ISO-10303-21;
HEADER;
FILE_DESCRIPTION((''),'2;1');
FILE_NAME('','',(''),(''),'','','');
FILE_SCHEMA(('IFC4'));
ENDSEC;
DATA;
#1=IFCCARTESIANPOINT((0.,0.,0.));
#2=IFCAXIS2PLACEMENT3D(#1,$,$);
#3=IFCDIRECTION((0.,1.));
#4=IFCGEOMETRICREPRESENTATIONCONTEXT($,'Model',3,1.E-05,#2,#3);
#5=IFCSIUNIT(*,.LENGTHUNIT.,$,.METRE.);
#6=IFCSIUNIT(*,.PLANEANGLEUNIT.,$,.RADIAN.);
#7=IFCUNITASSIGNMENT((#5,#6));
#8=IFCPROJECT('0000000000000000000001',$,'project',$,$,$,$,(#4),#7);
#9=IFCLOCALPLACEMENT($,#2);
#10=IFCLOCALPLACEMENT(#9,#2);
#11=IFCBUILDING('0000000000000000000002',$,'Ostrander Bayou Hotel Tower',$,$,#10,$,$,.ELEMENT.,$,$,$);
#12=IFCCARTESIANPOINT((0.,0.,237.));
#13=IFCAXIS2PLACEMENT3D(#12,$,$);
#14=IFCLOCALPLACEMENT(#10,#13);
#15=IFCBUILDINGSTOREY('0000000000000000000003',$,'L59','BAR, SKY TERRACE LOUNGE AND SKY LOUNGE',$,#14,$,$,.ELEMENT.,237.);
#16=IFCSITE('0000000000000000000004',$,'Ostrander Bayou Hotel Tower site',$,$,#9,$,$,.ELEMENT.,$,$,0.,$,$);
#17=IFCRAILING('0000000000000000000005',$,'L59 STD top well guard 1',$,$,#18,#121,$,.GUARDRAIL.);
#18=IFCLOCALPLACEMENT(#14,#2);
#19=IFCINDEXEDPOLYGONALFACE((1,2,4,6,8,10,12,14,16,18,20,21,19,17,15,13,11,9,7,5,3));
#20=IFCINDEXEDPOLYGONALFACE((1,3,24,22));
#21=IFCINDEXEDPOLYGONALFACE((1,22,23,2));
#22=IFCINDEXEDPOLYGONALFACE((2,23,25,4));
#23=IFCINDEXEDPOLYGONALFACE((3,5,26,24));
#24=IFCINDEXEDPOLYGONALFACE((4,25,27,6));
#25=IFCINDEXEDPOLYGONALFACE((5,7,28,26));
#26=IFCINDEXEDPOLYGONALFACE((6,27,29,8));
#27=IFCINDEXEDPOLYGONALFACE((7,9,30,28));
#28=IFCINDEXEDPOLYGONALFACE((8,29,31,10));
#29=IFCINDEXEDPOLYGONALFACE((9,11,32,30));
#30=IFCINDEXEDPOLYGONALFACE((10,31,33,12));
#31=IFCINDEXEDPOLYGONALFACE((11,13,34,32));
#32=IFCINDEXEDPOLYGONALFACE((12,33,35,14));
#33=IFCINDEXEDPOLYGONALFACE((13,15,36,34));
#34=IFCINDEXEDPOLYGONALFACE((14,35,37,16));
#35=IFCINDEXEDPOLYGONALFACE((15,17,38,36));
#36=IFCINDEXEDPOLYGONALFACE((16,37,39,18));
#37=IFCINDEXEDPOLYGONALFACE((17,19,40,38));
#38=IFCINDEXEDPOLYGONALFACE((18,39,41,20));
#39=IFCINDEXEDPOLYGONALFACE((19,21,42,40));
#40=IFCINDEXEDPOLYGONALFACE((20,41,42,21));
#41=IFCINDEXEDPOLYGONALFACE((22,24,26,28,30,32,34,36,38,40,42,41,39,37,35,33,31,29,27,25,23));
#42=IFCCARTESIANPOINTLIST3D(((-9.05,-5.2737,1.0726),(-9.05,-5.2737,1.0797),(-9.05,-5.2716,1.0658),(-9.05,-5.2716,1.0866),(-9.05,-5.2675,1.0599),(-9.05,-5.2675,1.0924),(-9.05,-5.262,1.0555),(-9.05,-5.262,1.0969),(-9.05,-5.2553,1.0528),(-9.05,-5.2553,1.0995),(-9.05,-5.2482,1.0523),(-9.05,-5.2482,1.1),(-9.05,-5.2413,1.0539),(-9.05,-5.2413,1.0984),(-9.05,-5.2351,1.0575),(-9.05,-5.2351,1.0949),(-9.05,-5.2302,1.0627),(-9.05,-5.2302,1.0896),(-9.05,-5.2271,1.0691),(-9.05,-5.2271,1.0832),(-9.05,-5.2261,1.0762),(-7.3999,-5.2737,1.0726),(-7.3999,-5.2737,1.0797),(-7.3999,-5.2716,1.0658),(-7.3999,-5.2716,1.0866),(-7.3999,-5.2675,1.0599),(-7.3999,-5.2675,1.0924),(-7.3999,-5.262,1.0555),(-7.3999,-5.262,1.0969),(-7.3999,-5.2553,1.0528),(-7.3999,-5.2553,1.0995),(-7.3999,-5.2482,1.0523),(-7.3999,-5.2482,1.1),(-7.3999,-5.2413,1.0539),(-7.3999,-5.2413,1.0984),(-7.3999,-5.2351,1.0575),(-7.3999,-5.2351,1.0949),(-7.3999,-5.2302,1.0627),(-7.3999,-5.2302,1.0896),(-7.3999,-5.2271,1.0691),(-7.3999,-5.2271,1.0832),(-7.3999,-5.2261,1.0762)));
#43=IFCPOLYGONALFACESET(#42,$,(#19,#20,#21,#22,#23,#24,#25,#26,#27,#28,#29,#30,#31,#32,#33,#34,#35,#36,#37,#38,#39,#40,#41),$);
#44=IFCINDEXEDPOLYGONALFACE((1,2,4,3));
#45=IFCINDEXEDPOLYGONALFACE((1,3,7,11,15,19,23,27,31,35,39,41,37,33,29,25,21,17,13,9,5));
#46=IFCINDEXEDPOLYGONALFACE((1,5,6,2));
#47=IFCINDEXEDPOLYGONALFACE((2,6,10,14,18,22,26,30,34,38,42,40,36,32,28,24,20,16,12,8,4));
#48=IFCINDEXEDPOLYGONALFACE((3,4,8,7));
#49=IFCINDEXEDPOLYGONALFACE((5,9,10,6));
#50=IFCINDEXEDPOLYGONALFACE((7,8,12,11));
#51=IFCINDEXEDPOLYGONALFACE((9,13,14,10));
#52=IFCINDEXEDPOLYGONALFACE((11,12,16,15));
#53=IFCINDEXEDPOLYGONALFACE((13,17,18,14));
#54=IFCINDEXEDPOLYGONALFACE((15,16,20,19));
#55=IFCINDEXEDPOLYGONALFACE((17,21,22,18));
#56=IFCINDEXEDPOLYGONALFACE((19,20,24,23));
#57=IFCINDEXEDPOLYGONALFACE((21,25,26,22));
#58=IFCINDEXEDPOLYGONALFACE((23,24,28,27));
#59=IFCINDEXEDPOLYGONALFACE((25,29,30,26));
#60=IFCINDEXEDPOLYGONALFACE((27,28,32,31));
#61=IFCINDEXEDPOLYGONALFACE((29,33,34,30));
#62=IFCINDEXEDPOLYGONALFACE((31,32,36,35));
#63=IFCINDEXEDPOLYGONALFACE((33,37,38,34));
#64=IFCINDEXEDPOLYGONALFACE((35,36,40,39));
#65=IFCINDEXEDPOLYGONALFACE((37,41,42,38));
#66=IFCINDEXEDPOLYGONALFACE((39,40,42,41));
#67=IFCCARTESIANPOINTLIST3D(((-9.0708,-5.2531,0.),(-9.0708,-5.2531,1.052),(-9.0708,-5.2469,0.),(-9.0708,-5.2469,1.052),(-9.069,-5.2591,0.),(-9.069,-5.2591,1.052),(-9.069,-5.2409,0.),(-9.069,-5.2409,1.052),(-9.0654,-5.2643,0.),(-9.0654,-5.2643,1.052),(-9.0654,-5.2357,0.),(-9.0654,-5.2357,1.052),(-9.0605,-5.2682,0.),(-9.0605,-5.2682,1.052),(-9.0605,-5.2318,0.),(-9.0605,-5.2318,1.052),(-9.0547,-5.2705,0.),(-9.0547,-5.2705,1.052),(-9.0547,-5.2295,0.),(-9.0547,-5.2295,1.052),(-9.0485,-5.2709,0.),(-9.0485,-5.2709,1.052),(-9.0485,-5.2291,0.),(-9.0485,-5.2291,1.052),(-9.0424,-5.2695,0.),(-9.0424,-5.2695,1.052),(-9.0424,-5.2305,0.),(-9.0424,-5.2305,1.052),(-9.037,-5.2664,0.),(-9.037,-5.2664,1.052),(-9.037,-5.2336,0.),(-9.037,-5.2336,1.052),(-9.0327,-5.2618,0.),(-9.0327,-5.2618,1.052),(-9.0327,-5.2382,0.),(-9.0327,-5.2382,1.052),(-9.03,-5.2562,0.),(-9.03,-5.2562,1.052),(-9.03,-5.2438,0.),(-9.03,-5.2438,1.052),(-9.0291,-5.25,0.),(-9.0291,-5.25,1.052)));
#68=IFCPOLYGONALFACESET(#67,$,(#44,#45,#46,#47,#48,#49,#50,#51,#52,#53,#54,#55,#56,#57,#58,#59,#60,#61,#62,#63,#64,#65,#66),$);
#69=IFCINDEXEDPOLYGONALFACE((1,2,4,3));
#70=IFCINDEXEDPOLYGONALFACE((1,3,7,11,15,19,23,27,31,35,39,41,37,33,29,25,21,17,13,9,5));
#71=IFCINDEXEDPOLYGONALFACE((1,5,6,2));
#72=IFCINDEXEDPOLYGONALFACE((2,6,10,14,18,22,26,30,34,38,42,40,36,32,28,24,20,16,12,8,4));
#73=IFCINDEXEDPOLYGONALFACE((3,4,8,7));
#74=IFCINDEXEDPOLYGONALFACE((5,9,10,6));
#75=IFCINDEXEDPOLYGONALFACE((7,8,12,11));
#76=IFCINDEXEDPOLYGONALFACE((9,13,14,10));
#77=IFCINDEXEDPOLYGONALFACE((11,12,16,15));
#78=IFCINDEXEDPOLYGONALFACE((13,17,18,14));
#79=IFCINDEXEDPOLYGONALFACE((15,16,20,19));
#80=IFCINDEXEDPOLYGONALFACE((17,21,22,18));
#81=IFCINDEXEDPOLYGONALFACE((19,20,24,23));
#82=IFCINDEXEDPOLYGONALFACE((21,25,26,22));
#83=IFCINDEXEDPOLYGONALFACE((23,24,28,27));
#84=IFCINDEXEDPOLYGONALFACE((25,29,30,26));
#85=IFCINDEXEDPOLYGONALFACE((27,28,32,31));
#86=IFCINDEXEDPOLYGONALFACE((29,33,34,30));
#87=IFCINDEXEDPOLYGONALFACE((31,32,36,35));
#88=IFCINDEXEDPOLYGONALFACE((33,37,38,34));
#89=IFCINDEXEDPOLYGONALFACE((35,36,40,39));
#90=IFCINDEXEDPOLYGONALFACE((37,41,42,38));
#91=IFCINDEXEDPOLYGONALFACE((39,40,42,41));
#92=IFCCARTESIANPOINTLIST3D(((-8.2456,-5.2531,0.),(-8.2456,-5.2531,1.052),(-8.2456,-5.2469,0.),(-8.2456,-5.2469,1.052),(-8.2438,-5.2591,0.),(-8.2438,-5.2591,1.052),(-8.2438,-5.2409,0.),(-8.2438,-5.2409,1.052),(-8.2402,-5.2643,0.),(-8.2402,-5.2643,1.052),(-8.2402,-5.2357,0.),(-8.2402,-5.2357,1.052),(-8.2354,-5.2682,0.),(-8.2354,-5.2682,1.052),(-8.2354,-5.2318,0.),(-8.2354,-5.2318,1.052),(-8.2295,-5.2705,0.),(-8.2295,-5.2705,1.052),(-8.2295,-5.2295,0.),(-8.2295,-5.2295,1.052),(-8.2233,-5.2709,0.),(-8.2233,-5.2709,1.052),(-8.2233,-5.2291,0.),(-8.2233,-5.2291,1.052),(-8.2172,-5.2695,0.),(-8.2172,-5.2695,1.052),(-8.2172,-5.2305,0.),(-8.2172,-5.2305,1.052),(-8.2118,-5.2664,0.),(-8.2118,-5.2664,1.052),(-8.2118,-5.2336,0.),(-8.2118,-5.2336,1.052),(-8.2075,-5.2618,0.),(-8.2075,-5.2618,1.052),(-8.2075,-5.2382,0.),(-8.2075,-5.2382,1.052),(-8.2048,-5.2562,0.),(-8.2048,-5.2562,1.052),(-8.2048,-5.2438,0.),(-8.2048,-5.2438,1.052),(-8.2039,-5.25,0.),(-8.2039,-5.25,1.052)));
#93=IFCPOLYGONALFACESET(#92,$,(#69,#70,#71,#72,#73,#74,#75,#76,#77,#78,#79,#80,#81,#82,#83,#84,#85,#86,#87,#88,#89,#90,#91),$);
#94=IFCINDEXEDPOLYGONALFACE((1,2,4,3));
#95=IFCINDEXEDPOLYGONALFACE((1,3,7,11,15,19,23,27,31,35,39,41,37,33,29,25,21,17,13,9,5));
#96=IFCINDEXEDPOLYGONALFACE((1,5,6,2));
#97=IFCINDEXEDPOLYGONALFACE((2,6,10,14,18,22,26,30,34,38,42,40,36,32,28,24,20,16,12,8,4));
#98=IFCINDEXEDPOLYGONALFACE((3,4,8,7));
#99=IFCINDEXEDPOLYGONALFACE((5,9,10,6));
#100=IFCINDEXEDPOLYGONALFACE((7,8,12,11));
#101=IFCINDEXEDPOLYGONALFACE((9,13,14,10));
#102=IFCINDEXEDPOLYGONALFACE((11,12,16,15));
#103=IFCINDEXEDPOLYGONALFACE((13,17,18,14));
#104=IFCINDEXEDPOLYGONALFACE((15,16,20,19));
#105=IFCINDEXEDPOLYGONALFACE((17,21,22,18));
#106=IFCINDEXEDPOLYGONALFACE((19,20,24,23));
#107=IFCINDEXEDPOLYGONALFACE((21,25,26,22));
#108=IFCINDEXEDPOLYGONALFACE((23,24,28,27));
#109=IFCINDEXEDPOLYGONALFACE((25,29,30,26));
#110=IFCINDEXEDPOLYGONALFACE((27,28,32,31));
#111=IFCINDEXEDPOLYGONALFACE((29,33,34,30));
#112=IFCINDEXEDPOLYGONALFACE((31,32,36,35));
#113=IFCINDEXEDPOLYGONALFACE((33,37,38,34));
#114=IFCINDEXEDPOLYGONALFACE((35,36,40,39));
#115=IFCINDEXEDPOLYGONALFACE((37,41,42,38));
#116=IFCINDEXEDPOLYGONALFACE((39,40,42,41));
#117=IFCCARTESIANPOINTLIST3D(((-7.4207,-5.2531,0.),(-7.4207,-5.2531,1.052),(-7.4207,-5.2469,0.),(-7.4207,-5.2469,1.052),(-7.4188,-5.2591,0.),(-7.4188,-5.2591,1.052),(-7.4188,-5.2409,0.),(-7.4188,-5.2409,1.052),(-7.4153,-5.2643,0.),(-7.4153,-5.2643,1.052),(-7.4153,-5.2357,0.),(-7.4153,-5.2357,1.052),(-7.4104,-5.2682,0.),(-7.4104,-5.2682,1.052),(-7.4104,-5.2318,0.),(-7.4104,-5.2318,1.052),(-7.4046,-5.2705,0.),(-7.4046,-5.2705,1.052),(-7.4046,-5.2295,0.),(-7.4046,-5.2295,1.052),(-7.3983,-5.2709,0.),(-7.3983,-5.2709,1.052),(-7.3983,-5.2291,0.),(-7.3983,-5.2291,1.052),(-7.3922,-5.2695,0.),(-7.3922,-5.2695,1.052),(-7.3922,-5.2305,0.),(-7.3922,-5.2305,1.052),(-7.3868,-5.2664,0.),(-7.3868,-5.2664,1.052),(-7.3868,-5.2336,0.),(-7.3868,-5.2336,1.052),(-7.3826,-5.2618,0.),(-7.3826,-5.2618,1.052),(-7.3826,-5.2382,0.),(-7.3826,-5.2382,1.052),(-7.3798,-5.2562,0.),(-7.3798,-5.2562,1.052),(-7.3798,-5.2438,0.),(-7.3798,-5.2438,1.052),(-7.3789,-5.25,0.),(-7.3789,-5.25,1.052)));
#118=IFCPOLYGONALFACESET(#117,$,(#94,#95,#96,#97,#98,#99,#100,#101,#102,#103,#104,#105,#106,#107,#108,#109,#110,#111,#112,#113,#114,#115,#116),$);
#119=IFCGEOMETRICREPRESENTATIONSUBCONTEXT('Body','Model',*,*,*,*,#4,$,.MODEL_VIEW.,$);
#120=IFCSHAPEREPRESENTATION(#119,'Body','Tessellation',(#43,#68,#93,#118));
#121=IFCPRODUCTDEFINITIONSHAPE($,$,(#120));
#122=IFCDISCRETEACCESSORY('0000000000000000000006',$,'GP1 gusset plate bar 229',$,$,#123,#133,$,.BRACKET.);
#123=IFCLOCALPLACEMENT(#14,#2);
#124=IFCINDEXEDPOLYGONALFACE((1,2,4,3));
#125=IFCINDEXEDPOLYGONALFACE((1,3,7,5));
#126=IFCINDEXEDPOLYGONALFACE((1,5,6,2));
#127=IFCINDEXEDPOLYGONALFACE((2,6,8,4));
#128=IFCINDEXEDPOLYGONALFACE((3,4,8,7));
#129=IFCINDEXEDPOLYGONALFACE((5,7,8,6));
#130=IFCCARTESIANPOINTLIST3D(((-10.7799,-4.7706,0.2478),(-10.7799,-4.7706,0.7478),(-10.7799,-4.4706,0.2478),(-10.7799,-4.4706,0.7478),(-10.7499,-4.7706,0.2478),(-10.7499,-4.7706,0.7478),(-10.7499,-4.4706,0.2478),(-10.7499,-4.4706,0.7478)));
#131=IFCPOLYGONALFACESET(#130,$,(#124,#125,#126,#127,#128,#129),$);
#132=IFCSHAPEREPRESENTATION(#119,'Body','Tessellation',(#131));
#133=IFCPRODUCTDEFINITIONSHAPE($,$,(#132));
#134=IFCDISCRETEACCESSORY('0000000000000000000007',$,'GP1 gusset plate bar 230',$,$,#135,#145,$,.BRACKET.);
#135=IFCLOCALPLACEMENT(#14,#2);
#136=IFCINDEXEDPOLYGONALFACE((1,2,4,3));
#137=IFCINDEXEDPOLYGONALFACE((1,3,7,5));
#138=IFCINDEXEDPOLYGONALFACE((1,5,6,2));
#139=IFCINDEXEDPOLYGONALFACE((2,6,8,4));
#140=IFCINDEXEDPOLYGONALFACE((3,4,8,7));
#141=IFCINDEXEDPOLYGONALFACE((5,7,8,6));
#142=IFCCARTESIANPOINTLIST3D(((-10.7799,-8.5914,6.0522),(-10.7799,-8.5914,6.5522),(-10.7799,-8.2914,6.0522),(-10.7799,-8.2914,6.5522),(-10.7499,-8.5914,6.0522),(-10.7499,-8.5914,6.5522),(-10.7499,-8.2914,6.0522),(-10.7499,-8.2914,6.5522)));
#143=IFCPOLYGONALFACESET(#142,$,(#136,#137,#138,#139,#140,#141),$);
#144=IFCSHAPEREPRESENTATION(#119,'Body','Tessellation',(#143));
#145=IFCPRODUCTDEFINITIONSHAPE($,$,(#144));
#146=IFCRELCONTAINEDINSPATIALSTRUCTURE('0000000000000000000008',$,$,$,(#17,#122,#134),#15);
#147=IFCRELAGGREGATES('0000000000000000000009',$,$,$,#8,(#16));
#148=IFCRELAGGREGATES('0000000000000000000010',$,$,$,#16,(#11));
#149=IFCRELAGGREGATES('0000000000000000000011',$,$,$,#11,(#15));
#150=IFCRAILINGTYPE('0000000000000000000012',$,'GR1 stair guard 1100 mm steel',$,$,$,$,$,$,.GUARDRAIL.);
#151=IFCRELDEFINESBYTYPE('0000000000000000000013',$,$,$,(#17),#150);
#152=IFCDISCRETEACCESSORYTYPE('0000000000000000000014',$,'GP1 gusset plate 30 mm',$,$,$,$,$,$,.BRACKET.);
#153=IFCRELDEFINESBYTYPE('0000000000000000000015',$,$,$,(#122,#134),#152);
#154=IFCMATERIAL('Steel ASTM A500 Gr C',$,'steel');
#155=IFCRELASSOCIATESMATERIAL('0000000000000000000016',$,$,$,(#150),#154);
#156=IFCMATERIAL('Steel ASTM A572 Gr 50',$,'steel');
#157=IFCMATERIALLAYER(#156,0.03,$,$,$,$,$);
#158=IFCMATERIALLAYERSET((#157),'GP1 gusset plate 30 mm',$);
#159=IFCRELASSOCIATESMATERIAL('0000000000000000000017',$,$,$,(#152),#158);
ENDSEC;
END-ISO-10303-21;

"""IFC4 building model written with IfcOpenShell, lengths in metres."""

from ifc_helpers import new_model, si_unit, direction, frame, origin, origin_2d, place, context, subcontext, project, spatial, rectangle, circle, extrude, material, layer, layer_set, type_object, element, save


model = new_model("IFC4")

# Units and contexts
model_context = context("Model", 3, precision=1e-05, world=origin(), true_north=direction((0.0, 1.0)))
body_context = subcontext(model_context, "Body", "Model", "MODEL_VIEW")
ifc_project = project(units=[si_unit("LENGTHUNIT", "METRE"), si_unit("PLANEANGLEUNIT", "RADIAN")], contexts=[model_context])

# Site, building, storey
site_placement = place(None, origin())
site = spatial("IfcSite", under=ifc_project, at=site_placement, Name="Ostrander Bayou Hotel Tower site", CompositionType="ELEMENT", RefElevation=0.0)
building_placement = place(site_placement, origin())
building = spatial("IfcBuilding", under=site, at=building_placement, Name="Ostrander Bayou Hotel Tower", CompositionType="ELEMENT")
storey_placement = place(building_placement, frame((0.0, 0.0, 237.0)))
storey = spatial("IfcBuildingStorey", under=building, at=storey_placement, Name="L59", Description="BAR, SKY TERRACE LOUNGE AND SKY LOUNGE", CompositionType="ELEMENT", Elevation=237.0)

# Railing
ifc_material_1 = material(Name="Steel ASTM A500 Gr C", Category="steel")
railing_type_1 = type_object("IfcRailingType", Name="GR1 stair guard 1100 mm steel", PredefinedType="GUARDRAIL", material=ifc_material_1)
railing_1_placement = place(storey_placement, frame((-9.05, -5.25, 0.0)))
element("IfcRailing", 1, at=railing_1_placement, inside=storey, type_object=railing_type_1, Name="L59 STD top well guard 1", PredefinedType="GUARDRAIL", context=body_context, shape_type="SweptSolid", body=[
    extrude(circle(Radius=0.0239, at=origin_2d()), frame((0.0, 0.0, 1.0762), z_axis=(1.0, 0.0, 0.0), x_axis=(0.0, 1.0, 0.0)), (0.0, 0.0, 1.0), 1.6501),
    extrude(circle(Radius=0.021, at=origin_2d()), origin(), (0.0, 0.0, 1.0), 1.052),
    extrude(circle(Radius=0.021, at=origin_2d()), frame((0.8252, 0.0, 0.0)), (0.0, 0.0, 1.0), 1.052),
    extrude(circle(Radius=0.021, at=origin_2d()), frame((1.6501, 0.0, 0.0)), (0.0, 0.0, 1.0), 1.052),
])

# Discrete accessories
ifc_material_2 = material(Name="Steel ASTM A572 Gr 50", Category="steel")
ifc_layer_1 = layer(ifc_material_2, 0.03)
ifc_layer_set_1 = layer_set([ifc_layer_1], Name="GP1 gusset plate 30 mm")
discrete_accessory_type = type_object("IfcDiscreteAccessoryType", Name="GP1 gusset plate 30 mm", PredefinedType="BRACKET", material=ifc_layer_set_1)
for number, where, z_axis, x_axis, name in (
    (2, (-10.7649, -4.6206, 0.2478), (0.0, 0.0, 1.0), (0.0, -1.0, 0.0), "GP1 gusset plate bar 229"),
    (3, (-10.7649, -8.4414, 6.0522), (0.0, 0.0, 1.0), (0.0, -1.0, 0.0), "GP1 gusset plate bar 230"),
):
    element("IfcDiscreteAccessory", number, at=place(storey_placement, frame(where, z_axis=z_axis, x_axis=x_axis)), inside=storey, type_object=discrete_accessory_type, Name=name, PredefinedType="BRACKET", context=body_context, shape_type="SweptSolid", body=[
        extrude(rectangle(XDim=0.3, YDim=0.03, at=origin_2d()), origin(), (0.0, 0.0, 1.0), 0.5),
    ])

save(model, "model.ifc")
